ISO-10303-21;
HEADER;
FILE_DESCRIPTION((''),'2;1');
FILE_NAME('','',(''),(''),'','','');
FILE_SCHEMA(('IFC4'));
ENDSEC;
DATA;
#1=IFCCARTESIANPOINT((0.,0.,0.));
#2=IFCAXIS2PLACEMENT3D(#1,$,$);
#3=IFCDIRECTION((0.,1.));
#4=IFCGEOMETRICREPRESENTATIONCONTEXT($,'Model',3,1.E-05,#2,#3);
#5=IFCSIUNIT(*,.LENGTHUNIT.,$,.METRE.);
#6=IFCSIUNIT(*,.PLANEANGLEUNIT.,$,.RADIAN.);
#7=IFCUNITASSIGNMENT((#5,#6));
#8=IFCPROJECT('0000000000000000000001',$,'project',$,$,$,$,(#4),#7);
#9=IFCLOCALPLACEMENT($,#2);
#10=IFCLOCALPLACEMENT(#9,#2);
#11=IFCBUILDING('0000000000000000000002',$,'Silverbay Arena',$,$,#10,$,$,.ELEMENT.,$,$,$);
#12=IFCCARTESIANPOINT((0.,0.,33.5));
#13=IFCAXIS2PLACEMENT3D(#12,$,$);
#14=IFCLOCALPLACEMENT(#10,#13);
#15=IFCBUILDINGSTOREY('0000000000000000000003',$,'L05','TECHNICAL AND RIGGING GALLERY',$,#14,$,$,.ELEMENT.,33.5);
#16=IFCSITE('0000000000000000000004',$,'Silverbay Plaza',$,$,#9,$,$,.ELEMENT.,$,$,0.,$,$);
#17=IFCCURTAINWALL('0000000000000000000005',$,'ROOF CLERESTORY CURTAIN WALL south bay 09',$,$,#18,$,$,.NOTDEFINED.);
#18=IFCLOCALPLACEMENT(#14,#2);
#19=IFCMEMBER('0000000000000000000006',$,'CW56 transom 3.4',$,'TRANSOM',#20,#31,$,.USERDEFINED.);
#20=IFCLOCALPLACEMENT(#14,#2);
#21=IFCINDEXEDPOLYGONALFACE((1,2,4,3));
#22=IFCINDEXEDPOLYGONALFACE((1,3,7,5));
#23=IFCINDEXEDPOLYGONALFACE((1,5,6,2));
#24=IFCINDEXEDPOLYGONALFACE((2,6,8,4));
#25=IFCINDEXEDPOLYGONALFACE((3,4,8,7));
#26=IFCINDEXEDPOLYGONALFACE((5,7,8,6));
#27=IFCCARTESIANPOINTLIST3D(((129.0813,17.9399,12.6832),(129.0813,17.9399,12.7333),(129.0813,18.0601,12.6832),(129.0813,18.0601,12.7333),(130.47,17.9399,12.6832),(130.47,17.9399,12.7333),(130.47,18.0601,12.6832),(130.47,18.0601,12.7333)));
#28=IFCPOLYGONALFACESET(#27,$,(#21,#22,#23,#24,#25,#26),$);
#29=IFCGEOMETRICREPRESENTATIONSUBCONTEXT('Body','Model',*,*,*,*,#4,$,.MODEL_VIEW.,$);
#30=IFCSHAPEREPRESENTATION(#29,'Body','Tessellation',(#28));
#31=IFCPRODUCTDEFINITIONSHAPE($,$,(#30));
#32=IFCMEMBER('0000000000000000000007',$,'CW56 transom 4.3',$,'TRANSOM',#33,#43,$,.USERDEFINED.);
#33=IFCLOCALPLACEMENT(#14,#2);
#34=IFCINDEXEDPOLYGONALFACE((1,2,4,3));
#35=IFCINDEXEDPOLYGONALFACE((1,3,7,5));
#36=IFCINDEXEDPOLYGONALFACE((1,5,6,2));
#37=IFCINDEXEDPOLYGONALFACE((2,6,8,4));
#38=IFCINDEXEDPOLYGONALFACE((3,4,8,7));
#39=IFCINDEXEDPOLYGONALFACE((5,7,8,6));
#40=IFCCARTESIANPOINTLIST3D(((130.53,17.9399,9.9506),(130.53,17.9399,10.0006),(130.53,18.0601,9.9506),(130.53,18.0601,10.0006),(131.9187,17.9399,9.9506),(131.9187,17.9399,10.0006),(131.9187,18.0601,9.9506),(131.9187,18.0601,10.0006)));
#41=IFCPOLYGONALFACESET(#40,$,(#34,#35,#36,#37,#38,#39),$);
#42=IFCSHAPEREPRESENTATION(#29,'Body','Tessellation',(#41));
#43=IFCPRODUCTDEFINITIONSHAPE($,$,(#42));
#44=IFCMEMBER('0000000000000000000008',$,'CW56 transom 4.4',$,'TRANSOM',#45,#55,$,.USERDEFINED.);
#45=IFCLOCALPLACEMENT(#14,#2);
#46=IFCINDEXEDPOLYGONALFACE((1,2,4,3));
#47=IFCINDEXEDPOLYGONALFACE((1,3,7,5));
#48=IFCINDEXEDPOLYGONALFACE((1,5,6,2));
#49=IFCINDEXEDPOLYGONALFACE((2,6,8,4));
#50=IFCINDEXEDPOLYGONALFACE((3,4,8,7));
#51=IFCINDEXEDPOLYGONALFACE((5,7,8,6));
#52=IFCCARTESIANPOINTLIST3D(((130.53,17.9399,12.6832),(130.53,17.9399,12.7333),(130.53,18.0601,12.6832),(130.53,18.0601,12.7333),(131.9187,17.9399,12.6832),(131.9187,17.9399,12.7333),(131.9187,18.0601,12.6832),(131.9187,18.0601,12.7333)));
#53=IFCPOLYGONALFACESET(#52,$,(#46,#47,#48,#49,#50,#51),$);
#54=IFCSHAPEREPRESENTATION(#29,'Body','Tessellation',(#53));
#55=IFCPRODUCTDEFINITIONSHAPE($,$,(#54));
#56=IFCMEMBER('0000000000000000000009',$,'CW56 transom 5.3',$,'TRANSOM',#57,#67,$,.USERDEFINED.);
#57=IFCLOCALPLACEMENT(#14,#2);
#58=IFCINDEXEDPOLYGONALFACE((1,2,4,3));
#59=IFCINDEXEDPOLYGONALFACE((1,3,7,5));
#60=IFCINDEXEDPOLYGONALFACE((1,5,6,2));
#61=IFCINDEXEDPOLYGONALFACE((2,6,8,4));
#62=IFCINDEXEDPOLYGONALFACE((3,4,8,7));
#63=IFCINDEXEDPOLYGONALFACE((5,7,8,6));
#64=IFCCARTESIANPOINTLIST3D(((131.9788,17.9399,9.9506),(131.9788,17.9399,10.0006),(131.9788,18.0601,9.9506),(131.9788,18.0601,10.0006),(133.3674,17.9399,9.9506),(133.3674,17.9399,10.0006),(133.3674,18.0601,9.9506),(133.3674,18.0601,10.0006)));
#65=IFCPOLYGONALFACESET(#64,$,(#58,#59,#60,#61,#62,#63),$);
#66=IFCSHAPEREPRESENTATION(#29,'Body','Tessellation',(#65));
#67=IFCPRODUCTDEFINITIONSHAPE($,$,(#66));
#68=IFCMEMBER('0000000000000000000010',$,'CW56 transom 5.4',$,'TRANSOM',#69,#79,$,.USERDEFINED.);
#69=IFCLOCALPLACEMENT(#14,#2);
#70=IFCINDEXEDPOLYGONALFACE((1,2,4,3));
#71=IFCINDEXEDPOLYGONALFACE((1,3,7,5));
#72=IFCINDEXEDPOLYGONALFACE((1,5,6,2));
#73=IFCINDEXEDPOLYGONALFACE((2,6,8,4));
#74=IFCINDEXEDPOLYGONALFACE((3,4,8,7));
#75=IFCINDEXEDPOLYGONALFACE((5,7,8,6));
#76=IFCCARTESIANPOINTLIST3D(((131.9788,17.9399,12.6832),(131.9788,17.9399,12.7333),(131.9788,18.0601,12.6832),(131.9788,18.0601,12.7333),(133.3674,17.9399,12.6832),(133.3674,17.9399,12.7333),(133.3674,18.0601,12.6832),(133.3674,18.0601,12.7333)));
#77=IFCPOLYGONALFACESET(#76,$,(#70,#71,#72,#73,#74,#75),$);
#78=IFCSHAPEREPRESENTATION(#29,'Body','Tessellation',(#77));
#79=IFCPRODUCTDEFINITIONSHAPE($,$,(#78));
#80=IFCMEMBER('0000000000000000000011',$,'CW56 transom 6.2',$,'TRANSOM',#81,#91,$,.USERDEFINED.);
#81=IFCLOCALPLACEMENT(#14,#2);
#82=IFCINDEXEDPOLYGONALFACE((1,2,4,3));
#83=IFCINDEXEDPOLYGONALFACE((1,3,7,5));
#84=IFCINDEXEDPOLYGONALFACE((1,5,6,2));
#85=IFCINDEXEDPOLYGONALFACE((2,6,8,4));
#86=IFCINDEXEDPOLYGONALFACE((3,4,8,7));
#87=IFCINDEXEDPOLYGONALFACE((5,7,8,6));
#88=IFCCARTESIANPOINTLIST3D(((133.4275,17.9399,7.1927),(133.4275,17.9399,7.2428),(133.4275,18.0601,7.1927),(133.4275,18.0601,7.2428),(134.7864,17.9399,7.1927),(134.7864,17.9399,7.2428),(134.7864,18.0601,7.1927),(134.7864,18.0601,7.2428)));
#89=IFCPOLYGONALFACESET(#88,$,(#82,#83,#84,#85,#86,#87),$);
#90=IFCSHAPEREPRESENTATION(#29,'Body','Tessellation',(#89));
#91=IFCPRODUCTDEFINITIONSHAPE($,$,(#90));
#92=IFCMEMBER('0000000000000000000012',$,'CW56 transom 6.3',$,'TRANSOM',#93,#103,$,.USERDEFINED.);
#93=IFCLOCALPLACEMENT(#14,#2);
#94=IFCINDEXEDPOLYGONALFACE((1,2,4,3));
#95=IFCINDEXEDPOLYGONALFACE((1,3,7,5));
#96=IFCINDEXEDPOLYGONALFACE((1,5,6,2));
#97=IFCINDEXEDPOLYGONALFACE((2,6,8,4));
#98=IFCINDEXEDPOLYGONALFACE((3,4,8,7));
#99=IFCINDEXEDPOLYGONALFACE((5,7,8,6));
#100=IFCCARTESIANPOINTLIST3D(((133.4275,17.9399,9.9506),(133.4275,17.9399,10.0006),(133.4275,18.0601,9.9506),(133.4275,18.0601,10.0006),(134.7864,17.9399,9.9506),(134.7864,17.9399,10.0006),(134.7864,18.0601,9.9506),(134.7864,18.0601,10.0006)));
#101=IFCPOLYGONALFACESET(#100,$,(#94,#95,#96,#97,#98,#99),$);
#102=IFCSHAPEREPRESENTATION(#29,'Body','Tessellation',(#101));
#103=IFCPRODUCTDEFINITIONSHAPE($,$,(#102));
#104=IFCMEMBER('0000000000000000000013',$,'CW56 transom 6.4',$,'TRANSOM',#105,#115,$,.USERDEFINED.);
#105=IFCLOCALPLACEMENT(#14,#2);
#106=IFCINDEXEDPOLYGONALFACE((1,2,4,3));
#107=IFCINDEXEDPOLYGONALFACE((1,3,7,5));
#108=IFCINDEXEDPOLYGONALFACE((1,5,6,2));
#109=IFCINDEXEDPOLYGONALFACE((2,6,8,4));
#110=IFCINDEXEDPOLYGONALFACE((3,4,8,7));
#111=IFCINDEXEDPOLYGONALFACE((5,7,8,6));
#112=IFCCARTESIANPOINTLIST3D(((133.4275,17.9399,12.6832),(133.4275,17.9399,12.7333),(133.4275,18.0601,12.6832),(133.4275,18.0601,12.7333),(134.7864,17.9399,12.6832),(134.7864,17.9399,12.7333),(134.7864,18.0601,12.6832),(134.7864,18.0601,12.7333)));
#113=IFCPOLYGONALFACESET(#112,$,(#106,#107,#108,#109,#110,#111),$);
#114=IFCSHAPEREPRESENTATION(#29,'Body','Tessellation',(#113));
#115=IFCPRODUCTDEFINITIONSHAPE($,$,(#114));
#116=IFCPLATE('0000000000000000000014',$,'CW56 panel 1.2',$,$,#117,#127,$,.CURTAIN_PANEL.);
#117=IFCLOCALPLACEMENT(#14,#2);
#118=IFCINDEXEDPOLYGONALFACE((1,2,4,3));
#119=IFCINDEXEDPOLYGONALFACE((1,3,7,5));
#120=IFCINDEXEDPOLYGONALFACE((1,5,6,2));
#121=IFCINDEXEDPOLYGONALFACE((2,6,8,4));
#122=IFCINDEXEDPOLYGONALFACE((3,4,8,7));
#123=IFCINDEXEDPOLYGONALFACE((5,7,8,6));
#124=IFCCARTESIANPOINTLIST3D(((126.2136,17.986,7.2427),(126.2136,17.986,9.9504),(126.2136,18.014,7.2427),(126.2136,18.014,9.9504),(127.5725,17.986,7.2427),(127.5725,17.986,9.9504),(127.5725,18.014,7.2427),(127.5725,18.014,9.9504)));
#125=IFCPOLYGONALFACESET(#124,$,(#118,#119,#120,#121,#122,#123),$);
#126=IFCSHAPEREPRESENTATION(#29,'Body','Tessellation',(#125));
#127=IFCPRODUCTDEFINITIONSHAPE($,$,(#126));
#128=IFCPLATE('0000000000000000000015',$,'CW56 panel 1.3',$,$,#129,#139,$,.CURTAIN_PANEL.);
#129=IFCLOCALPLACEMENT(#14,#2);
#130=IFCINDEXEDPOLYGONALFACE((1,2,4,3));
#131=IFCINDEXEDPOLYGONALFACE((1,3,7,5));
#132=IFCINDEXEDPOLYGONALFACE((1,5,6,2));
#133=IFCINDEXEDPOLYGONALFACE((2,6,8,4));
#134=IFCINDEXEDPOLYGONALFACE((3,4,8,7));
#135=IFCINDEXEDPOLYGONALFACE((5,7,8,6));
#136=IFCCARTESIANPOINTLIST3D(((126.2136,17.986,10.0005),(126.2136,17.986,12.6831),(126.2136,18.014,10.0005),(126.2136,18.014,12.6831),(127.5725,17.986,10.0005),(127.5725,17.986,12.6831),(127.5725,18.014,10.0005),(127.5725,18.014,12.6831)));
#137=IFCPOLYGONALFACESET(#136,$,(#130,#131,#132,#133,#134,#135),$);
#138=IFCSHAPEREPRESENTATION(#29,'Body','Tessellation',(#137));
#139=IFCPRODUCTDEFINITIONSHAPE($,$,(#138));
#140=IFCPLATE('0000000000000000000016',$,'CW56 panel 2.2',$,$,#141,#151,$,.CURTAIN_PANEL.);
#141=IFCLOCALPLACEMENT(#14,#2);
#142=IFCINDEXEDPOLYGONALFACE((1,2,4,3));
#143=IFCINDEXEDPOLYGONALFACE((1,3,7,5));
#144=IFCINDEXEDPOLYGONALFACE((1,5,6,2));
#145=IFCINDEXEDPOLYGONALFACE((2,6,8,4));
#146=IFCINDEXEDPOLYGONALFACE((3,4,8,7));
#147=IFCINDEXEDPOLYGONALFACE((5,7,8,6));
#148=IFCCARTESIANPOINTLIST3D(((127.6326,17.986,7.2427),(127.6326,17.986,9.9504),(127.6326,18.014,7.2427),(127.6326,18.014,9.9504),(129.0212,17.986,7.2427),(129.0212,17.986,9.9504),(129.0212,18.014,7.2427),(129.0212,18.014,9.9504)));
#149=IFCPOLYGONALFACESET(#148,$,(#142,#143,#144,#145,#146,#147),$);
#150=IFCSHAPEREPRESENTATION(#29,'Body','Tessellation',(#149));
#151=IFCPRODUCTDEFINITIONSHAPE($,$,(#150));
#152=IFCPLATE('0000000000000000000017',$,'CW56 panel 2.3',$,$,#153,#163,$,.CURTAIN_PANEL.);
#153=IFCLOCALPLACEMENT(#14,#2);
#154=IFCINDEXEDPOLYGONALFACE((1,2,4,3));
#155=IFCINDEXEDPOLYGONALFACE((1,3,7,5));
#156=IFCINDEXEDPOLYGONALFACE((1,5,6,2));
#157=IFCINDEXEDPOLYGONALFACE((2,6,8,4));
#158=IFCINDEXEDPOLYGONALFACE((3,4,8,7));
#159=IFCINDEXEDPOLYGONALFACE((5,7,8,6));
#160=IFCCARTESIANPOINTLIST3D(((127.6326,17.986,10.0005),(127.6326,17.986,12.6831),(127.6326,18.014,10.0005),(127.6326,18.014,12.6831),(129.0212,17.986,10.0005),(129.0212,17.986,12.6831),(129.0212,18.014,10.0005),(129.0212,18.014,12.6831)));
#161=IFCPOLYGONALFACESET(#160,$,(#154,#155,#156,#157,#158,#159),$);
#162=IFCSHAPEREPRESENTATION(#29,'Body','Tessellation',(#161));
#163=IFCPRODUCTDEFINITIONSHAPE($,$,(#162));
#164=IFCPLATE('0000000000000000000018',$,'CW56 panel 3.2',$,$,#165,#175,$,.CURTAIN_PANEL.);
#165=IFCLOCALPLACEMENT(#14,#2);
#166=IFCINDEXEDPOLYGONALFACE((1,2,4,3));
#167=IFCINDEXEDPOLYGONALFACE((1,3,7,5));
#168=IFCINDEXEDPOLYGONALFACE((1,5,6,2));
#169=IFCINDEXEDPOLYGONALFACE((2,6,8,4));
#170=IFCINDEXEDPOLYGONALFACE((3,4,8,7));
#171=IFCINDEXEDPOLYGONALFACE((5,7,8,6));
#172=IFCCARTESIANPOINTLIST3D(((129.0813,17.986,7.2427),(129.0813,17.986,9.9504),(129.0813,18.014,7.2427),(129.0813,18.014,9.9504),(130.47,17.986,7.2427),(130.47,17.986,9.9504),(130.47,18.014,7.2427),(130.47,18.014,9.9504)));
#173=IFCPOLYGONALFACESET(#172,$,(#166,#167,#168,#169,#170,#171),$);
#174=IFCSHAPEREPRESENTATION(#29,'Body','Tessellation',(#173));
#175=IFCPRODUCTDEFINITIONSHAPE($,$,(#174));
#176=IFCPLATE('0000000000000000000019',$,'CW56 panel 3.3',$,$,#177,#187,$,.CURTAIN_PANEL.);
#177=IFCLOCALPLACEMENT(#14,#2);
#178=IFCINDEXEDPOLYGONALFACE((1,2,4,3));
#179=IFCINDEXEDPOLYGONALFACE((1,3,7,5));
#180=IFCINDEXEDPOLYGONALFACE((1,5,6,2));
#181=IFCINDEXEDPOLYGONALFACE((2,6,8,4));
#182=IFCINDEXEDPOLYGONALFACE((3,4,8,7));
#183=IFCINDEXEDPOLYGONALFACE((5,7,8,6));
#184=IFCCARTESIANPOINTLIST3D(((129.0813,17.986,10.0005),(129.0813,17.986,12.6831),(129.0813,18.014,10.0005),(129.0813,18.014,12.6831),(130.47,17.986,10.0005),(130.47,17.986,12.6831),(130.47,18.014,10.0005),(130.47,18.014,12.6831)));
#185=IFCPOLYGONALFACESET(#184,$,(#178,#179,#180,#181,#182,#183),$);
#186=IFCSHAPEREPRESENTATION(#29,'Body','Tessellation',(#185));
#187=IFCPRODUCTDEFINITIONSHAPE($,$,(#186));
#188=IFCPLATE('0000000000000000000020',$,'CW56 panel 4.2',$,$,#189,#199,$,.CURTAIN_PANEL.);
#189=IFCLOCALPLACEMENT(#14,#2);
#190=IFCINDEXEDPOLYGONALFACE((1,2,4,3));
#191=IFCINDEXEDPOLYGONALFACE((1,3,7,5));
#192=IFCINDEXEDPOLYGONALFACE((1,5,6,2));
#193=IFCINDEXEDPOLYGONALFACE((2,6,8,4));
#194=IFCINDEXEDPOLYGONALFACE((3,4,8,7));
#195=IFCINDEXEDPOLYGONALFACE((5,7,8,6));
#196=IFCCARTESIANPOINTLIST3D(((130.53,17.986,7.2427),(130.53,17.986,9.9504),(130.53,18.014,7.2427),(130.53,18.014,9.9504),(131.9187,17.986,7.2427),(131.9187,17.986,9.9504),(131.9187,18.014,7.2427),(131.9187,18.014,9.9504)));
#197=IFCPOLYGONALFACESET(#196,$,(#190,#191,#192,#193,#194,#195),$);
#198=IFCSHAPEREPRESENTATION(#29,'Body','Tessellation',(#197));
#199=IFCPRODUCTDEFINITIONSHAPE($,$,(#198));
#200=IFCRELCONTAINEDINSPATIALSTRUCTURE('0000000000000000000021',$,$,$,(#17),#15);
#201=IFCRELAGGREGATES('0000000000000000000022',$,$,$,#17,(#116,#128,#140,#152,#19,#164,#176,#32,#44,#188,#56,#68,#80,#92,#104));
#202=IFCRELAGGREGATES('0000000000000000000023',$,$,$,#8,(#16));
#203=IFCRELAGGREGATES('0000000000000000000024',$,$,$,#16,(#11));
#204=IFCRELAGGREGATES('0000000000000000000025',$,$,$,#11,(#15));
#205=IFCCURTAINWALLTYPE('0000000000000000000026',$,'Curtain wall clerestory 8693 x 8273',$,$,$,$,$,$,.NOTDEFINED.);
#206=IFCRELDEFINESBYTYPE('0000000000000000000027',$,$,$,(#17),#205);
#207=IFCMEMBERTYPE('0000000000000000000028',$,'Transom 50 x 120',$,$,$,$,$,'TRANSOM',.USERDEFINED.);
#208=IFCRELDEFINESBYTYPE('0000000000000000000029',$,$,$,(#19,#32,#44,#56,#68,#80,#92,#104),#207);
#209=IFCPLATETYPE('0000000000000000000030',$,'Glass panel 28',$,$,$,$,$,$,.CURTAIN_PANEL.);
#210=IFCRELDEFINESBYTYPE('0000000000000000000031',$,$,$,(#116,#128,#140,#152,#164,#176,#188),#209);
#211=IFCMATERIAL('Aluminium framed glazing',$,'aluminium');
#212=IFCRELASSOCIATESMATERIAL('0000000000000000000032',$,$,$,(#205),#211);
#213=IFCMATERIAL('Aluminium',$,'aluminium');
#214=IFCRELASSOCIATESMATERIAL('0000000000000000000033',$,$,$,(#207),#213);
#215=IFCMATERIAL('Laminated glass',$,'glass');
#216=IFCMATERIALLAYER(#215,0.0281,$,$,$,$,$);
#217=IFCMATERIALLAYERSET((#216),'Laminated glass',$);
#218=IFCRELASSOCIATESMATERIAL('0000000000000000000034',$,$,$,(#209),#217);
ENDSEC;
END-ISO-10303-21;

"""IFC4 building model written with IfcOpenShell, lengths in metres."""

from ifc_helpers import new_model, si_unit, direction, frame, origin, origin_2d, place, context, subcontext, project, spatial, rectangle, extrude, material, layer, layer_set, material_profile, profile_set, type_object, element, aggregate, save


model = new_model("IFC4")

# Units and contexts
model_context = context("Model", 3, precision=1e-05, world=origin(), true_north=direction((0.0, 1.0)))
body_context = subcontext(model_context, "Body", "Model", "MODEL_VIEW")
ifc_project = project(units=[si_unit("LENGTHUNIT", "METRE"), si_unit("PLANEANGLEUNIT", "RADIAN")], contexts=[model_context])

# Site, building, storey
site_placement = place(None, origin())
site = spatial("IfcSite", under=ifc_project, at=site_placement, Name="Silverbay Plaza", CompositionType="ELEMENT", RefElevation=0.0)
building_placement = place(site_placement, origin())
building = spatial("IfcBuilding", under=site, at=building_placement, Name="Silverbay Arena", CompositionType="ELEMENT")
storey_placement = place(building_placement, frame((0.0, 0.0, 33.5)))
storey = spatial("IfcBuildingStorey", under=building, at=storey_placement, Name="L05", Description="TECHNICAL AND RIGGING GALLERY", CompositionType="ELEMENT", Elevation=33.5)

# Curtain wall, members, plates
ifc_material_1 = material(Name="Aluminium framed glazing", Category="aluminium")
curtain_wall_type = type_object("IfcCurtainWallType", Name="Curtain wall clerestory 8693 x 8273", PredefinedType="NOTDEFINED", material=ifc_material_1)
curtain_wall_placement = place(storey_placement, origin())
curtain_wall = element("IfcCurtainWall", 1, at=curtain_wall_placement, inside=storey, type_object=curtain_wall_type, Name="ROOF CLERESTORY CURTAIN WALL south bay 09", PredefinedType="NOTDEFINED")
ifc_material_2 = material(Name="Aluminium", Category="aluminium")
ifc_material_profile_1 = material_profile(ifc_material_2, rectangle(XDim=0.1201, YDim=0.05, at=origin_2d()), Name="Transom 50 x 120")
ifc_profile_set_1 = profile_set([ifc_material_profile_1], Name="Aluminium")
member_type_1 = type_object("IfcMemberType", Name="Transom 50 x 120", ElementType="TRANSOM", PredefinedType="USERDEFINED", material=ifc_profile_set_1)
member_1_placement = place(storey_placement, frame((129.0813, 18.0, 12.7083), z_axis=(1.0, 0.0, 0.0), x_axis=(0.0, 1.0, 0.0)))
member_1 = element("IfcMember", 2, at=member_1_placement, type_object=member_type_1, Name="CW56 transom 3.4", ObjectType="TRANSOM", PredefinedType="USERDEFINED", context=body_context, shape_type="SweptSolid", body=[
    extrude(rectangle(XDim=0.1201, YDim=0.05, at=origin_2d()), origin(), (0.0, 0.0, 1.0), 1.3887),
])
member_2_placement = place(storey_placement, frame((130.53, 18.0, 9.9756), z_axis=(1.0, 0.0, 0.0), x_axis=(0.0, 1.0, 0.0)))
member_2 = element("IfcMember", 3, at=member_2_placement, type_object=member_type_1, Name="CW56 transom 4.3", ObjectType="TRANSOM", PredefinedType="USERDEFINED", context=body_context, shape_type="SweptSolid", body=[
    extrude(rectangle(XDim=0.1201, YDim=0.05, at=origin_2d()), origin(), (0.0, 0.0, 1.0), 1.3887),
])
member_3_placement = place(storey_placement, frame((130.53, 18.0, 12.7083), z_axis=(1.0, 0.0, 0.0), x_axis=(0.0, 1.0, 0.0)))
member_3 = element("IfcMember", 4, at=member_3_placement, type_object=member_type_1, Name="CW56 transom 4.4", ObjectType="TRANSOM", PredefinedType="USERDEFINED", context=body_context, shape_type="SweptSolid", body=[
    extrude(rectangle(XDim=0.1201, YDim=0.05, at=origin_2d()), origin(), (0.0, 0.0, 1.0), 1.3887),
])
member_4_placement = place(storey_placement, frame((131.9788, 18.0, 9.9756), z_axis=(1.0, 0.0, 0.0), x_axis=(0.0, 1.0, 0.0)))
member_4 = element("IfcMember", 5, at=member_4_placement, type_object=member_type_1, Name="CW56 transom 5.3", ObjectType="TRANSOM", PredefinedType="USERDEFINED", context=body_context, shape_type="SweptSolid", body=[
    extrude(rectangle(XDim=0.1201, YDim=0.05, at=origin_2d()), origin(), (0.0, 0.0, 1.0), 1.3887),
])
member_5_placement = place(storey_placement, frame((131.9788, 18.0, 12.7083), z_axis=(1.0, 0.0, 0.0), x_axis=(0.0, 1.0, 0.0)))
member_5 = element("IfcMember", 6, at=member_5_placement, type_object=member_type_1, Name="CW56 transom 5.4", ObjectType="TRANSOM", PredefinedType="USERDEFINED", context=body_context, shape_type="SweptSolid", body=[
    extrude(rectangle(XDim=0.1201, YDim=0.05, at=origin_2d()), origin(), (0.0, 0.0, 1.0), 1.3887),
])
member_6_placement = place(storey_placement, frame((133.4275, 18.0, 7.2178), z_axis=(1.0, 0.0, 0.0), x_axis=(0.0, 1.0, 0.0)))
member_6 = element("IfcMember", 7, at=member_6_placement, type_object=member_type_1, Name="CW56 transom 6.2", ObjectType="TRANSOM", PredefinedType="USERDEFINED", context=body_context, shape_type="SweptSolid", body=[
    extrude(rectangle(XDim=0.1201, YDim=0.05, at=origin_2d()), origin(), (0.0, 0.0, 1.0), 1.3589),
])
member_7_placement = place(storey_placement, frame((133.4275, 18.0, 9.9756), z_axis=(1.0, 0.0, 0.0), x_axis=(0.0, 1.0, 0.0)))
member_7 = element("IfcMember", 8, at=member_7_placement, type_object=member_type_1, Name="CW56 transom 6.3", ObjectType="TRANSOM", PredefinedType="USERDEFINED", context=body_context, shape_type="SweptSolid", body=[
    extrude(rectangle(XDim=0.1201, YDim=0.05, at=origin_2d()), origin(), (0.0, 0.0, 1.0), 1.3589),
])
member_8_placement = place(storey_placement, frame((133.4275, 18.0, 12.7083), z_axis=(1.0, 0.0, 0.0), x_axis=(0.0, 1.0, 0.0)))
member_8 = element("IfcMember", 9, at=member_8_placement, type_object=member_type_1, Name="CW56 transom 6.4", ObjectType="TRANSOM", PredefinedType="USERDEFINED", context=body_context, shape_type="SweptSolid", body=[
    extrude(rectangle(XDim=0.1201, YDim=0.05, at=origin_2d()), origin(), (0.0, 0.0, 1.0), 1.3589),
])
ifc_material_3 = material(Name="Laminated glass", Category="glass")
ifc_layer = layer(ifc_material_3, 0.0281)
ifc_layer_set = layer_set([ifc_layer], Name="Laminated glass")
plate_type = type_object("IfcPlateType", Name="Glass panel 28", PredefinedType="CURTAIN_PANEL", material=ifc_layer_set)
plate_1_placement = place(storey_placement, frame((126.8931, 18.0, 7.2427), z_axis=(0.0, 0.0, 1.0), x_axis=(1.0, 0.0, 0.0)))
plate_1 = element("IfcPlate", 10, at=plate_1_placement, type_object=plate_type, Name="CW56 panel 1.2", PredefinedType="CURTAIN_PANEL", context=body_context, shape_type="SweptSolid", body=[
    extrude(rectangle(XDim=1.3589, YDim=0.0281, at=origin_2d()), origin(), (0.0, 0.0, 1.0), 2.7078),
])
plate_2_placement = place(storey_placement, frame((126.8931, 18.0, 10.0005), z_axis=(0.0, 0.0, 1.0), x_axis=(1.0, 0.0, 0.0)))
plate_2 = element("IfcPlate", 11, at=plate_2_placement, type_object=plate_type, Name="CW56 panel 1.3", PredefinedType="CURTAIN_PANEL", context=body_context, shape_type="SweptSolid", body=[
    extrude(rectangle(XDim=1.3589, YDim=0.0281, at=origin_2d()), origin(), (0.0, 0.0, 1.0), 2.6826),
])
plate_3_placement = place(storey_placement, frame((128.3269, 18.0, 7.2427), z_axis=(0.0, 0.0, 1.0), x_axis=(1.0, 0.0, 0.0)))
plate_3 = element("IfcPlate", 12, at=plate_3_placement, type_object=plate_type, Name="CW56 panel 2.2", PredefinedType="CURTAIN_PANEL", context=body_context, shape_type="SweptSolid", body=[
    extrude(rectangle(XDim=1.3887, YDim=0.0281, at=origin_2d()), origin(), (0.0, 0.0, 1.0), 2.7078),
])
plate_4_placement = place(storey_placement, frame((128.3269, 18.0, 10.0005), z_axis=(0.0, 0.0, 1.0), x_axis=(1.0, 0.0, 0.0)))
plate_4 = element("IfcPlate", 13, at=plate_4_placement, type_object=plate_type, Name="CW56 panel 2.3", PredefinedType="CURTAIN_PANEL", context=body_context, shape_type="SweptSolid", body=[
    extrude(rectangle(XDim=1.3887, YDim=0.0281, at=origin_2d()), origin(), (0.0, 0.0, 1.0), 2.6826),
])
plate_5_placement = place(storey_placement, frame((129.7756, 18.0, 7.2427), z_axis=(0.0, 0.0, 1.0), x_axis=(1.0, 0.0, 0.0)))
plate_5 = element("IfcPlate", 14, at=plate_5_placement, type_object=plate_type, Name="CW56 panel 3.2", PredefinedType="CURTAIN_PANEL", context=body_context, shape_type="SweptSolid", body=[
    extrude(rectangle(XDim=1.3887, YDim=0.0281, at=origin_2d()), origin(), (0.0, 0.0, 1.0), 2.7078),
])
plate_6_placement = place(storey_placement, frame((129.7756, 18.0, 10.0005), z_axis=(0.0, 0.0, 1.0), x_axis=(1.0, 0.0, 0.0)))
plate_6 = element("IfcPlate", 15, at=plate_6_placement, type_object=plate_type, Name="CW56 panel 3.3", PredefinedType="CURTAIN_PANEL", context=body_context, shape_type="SweptSolid", body=[
    extrude(rectangle(XDim=1.3887, YDim=0.0281, at=origin_2d()), origin(), (0.0, 0.0, 1.0), 2.6826),
])
plate_7_placement = place(storey_placement, frame((131.2244, 18.0, 7.2427), z_axis=(0.0, 0.0, 1.0), x_axis=(1.0, 0.0, 0.0)))
plate_7 = element("IfcPlate", 16, at=plate_7_placement, type_object=plate_type, Name="CW56 panel 4.2", PredefinedType="CURTAIN_PANEL", context=body_context, shape_type="SweptSolid", body=[
    extrude(rectangle(XDim=1.3887, YDim=0.0281, at=origin_2d()), origin(), (0.0, 0.0, 1.0), 2.7078),
])
aggregate(curtain_wall, [plate_1, plate_2, plate_3, plate_4, member_1, plate_5, plate_6, member_2, member_3, plate_7, member_4, member_5, member_6, member_7, member_8])

save(model, "model.ifc")
